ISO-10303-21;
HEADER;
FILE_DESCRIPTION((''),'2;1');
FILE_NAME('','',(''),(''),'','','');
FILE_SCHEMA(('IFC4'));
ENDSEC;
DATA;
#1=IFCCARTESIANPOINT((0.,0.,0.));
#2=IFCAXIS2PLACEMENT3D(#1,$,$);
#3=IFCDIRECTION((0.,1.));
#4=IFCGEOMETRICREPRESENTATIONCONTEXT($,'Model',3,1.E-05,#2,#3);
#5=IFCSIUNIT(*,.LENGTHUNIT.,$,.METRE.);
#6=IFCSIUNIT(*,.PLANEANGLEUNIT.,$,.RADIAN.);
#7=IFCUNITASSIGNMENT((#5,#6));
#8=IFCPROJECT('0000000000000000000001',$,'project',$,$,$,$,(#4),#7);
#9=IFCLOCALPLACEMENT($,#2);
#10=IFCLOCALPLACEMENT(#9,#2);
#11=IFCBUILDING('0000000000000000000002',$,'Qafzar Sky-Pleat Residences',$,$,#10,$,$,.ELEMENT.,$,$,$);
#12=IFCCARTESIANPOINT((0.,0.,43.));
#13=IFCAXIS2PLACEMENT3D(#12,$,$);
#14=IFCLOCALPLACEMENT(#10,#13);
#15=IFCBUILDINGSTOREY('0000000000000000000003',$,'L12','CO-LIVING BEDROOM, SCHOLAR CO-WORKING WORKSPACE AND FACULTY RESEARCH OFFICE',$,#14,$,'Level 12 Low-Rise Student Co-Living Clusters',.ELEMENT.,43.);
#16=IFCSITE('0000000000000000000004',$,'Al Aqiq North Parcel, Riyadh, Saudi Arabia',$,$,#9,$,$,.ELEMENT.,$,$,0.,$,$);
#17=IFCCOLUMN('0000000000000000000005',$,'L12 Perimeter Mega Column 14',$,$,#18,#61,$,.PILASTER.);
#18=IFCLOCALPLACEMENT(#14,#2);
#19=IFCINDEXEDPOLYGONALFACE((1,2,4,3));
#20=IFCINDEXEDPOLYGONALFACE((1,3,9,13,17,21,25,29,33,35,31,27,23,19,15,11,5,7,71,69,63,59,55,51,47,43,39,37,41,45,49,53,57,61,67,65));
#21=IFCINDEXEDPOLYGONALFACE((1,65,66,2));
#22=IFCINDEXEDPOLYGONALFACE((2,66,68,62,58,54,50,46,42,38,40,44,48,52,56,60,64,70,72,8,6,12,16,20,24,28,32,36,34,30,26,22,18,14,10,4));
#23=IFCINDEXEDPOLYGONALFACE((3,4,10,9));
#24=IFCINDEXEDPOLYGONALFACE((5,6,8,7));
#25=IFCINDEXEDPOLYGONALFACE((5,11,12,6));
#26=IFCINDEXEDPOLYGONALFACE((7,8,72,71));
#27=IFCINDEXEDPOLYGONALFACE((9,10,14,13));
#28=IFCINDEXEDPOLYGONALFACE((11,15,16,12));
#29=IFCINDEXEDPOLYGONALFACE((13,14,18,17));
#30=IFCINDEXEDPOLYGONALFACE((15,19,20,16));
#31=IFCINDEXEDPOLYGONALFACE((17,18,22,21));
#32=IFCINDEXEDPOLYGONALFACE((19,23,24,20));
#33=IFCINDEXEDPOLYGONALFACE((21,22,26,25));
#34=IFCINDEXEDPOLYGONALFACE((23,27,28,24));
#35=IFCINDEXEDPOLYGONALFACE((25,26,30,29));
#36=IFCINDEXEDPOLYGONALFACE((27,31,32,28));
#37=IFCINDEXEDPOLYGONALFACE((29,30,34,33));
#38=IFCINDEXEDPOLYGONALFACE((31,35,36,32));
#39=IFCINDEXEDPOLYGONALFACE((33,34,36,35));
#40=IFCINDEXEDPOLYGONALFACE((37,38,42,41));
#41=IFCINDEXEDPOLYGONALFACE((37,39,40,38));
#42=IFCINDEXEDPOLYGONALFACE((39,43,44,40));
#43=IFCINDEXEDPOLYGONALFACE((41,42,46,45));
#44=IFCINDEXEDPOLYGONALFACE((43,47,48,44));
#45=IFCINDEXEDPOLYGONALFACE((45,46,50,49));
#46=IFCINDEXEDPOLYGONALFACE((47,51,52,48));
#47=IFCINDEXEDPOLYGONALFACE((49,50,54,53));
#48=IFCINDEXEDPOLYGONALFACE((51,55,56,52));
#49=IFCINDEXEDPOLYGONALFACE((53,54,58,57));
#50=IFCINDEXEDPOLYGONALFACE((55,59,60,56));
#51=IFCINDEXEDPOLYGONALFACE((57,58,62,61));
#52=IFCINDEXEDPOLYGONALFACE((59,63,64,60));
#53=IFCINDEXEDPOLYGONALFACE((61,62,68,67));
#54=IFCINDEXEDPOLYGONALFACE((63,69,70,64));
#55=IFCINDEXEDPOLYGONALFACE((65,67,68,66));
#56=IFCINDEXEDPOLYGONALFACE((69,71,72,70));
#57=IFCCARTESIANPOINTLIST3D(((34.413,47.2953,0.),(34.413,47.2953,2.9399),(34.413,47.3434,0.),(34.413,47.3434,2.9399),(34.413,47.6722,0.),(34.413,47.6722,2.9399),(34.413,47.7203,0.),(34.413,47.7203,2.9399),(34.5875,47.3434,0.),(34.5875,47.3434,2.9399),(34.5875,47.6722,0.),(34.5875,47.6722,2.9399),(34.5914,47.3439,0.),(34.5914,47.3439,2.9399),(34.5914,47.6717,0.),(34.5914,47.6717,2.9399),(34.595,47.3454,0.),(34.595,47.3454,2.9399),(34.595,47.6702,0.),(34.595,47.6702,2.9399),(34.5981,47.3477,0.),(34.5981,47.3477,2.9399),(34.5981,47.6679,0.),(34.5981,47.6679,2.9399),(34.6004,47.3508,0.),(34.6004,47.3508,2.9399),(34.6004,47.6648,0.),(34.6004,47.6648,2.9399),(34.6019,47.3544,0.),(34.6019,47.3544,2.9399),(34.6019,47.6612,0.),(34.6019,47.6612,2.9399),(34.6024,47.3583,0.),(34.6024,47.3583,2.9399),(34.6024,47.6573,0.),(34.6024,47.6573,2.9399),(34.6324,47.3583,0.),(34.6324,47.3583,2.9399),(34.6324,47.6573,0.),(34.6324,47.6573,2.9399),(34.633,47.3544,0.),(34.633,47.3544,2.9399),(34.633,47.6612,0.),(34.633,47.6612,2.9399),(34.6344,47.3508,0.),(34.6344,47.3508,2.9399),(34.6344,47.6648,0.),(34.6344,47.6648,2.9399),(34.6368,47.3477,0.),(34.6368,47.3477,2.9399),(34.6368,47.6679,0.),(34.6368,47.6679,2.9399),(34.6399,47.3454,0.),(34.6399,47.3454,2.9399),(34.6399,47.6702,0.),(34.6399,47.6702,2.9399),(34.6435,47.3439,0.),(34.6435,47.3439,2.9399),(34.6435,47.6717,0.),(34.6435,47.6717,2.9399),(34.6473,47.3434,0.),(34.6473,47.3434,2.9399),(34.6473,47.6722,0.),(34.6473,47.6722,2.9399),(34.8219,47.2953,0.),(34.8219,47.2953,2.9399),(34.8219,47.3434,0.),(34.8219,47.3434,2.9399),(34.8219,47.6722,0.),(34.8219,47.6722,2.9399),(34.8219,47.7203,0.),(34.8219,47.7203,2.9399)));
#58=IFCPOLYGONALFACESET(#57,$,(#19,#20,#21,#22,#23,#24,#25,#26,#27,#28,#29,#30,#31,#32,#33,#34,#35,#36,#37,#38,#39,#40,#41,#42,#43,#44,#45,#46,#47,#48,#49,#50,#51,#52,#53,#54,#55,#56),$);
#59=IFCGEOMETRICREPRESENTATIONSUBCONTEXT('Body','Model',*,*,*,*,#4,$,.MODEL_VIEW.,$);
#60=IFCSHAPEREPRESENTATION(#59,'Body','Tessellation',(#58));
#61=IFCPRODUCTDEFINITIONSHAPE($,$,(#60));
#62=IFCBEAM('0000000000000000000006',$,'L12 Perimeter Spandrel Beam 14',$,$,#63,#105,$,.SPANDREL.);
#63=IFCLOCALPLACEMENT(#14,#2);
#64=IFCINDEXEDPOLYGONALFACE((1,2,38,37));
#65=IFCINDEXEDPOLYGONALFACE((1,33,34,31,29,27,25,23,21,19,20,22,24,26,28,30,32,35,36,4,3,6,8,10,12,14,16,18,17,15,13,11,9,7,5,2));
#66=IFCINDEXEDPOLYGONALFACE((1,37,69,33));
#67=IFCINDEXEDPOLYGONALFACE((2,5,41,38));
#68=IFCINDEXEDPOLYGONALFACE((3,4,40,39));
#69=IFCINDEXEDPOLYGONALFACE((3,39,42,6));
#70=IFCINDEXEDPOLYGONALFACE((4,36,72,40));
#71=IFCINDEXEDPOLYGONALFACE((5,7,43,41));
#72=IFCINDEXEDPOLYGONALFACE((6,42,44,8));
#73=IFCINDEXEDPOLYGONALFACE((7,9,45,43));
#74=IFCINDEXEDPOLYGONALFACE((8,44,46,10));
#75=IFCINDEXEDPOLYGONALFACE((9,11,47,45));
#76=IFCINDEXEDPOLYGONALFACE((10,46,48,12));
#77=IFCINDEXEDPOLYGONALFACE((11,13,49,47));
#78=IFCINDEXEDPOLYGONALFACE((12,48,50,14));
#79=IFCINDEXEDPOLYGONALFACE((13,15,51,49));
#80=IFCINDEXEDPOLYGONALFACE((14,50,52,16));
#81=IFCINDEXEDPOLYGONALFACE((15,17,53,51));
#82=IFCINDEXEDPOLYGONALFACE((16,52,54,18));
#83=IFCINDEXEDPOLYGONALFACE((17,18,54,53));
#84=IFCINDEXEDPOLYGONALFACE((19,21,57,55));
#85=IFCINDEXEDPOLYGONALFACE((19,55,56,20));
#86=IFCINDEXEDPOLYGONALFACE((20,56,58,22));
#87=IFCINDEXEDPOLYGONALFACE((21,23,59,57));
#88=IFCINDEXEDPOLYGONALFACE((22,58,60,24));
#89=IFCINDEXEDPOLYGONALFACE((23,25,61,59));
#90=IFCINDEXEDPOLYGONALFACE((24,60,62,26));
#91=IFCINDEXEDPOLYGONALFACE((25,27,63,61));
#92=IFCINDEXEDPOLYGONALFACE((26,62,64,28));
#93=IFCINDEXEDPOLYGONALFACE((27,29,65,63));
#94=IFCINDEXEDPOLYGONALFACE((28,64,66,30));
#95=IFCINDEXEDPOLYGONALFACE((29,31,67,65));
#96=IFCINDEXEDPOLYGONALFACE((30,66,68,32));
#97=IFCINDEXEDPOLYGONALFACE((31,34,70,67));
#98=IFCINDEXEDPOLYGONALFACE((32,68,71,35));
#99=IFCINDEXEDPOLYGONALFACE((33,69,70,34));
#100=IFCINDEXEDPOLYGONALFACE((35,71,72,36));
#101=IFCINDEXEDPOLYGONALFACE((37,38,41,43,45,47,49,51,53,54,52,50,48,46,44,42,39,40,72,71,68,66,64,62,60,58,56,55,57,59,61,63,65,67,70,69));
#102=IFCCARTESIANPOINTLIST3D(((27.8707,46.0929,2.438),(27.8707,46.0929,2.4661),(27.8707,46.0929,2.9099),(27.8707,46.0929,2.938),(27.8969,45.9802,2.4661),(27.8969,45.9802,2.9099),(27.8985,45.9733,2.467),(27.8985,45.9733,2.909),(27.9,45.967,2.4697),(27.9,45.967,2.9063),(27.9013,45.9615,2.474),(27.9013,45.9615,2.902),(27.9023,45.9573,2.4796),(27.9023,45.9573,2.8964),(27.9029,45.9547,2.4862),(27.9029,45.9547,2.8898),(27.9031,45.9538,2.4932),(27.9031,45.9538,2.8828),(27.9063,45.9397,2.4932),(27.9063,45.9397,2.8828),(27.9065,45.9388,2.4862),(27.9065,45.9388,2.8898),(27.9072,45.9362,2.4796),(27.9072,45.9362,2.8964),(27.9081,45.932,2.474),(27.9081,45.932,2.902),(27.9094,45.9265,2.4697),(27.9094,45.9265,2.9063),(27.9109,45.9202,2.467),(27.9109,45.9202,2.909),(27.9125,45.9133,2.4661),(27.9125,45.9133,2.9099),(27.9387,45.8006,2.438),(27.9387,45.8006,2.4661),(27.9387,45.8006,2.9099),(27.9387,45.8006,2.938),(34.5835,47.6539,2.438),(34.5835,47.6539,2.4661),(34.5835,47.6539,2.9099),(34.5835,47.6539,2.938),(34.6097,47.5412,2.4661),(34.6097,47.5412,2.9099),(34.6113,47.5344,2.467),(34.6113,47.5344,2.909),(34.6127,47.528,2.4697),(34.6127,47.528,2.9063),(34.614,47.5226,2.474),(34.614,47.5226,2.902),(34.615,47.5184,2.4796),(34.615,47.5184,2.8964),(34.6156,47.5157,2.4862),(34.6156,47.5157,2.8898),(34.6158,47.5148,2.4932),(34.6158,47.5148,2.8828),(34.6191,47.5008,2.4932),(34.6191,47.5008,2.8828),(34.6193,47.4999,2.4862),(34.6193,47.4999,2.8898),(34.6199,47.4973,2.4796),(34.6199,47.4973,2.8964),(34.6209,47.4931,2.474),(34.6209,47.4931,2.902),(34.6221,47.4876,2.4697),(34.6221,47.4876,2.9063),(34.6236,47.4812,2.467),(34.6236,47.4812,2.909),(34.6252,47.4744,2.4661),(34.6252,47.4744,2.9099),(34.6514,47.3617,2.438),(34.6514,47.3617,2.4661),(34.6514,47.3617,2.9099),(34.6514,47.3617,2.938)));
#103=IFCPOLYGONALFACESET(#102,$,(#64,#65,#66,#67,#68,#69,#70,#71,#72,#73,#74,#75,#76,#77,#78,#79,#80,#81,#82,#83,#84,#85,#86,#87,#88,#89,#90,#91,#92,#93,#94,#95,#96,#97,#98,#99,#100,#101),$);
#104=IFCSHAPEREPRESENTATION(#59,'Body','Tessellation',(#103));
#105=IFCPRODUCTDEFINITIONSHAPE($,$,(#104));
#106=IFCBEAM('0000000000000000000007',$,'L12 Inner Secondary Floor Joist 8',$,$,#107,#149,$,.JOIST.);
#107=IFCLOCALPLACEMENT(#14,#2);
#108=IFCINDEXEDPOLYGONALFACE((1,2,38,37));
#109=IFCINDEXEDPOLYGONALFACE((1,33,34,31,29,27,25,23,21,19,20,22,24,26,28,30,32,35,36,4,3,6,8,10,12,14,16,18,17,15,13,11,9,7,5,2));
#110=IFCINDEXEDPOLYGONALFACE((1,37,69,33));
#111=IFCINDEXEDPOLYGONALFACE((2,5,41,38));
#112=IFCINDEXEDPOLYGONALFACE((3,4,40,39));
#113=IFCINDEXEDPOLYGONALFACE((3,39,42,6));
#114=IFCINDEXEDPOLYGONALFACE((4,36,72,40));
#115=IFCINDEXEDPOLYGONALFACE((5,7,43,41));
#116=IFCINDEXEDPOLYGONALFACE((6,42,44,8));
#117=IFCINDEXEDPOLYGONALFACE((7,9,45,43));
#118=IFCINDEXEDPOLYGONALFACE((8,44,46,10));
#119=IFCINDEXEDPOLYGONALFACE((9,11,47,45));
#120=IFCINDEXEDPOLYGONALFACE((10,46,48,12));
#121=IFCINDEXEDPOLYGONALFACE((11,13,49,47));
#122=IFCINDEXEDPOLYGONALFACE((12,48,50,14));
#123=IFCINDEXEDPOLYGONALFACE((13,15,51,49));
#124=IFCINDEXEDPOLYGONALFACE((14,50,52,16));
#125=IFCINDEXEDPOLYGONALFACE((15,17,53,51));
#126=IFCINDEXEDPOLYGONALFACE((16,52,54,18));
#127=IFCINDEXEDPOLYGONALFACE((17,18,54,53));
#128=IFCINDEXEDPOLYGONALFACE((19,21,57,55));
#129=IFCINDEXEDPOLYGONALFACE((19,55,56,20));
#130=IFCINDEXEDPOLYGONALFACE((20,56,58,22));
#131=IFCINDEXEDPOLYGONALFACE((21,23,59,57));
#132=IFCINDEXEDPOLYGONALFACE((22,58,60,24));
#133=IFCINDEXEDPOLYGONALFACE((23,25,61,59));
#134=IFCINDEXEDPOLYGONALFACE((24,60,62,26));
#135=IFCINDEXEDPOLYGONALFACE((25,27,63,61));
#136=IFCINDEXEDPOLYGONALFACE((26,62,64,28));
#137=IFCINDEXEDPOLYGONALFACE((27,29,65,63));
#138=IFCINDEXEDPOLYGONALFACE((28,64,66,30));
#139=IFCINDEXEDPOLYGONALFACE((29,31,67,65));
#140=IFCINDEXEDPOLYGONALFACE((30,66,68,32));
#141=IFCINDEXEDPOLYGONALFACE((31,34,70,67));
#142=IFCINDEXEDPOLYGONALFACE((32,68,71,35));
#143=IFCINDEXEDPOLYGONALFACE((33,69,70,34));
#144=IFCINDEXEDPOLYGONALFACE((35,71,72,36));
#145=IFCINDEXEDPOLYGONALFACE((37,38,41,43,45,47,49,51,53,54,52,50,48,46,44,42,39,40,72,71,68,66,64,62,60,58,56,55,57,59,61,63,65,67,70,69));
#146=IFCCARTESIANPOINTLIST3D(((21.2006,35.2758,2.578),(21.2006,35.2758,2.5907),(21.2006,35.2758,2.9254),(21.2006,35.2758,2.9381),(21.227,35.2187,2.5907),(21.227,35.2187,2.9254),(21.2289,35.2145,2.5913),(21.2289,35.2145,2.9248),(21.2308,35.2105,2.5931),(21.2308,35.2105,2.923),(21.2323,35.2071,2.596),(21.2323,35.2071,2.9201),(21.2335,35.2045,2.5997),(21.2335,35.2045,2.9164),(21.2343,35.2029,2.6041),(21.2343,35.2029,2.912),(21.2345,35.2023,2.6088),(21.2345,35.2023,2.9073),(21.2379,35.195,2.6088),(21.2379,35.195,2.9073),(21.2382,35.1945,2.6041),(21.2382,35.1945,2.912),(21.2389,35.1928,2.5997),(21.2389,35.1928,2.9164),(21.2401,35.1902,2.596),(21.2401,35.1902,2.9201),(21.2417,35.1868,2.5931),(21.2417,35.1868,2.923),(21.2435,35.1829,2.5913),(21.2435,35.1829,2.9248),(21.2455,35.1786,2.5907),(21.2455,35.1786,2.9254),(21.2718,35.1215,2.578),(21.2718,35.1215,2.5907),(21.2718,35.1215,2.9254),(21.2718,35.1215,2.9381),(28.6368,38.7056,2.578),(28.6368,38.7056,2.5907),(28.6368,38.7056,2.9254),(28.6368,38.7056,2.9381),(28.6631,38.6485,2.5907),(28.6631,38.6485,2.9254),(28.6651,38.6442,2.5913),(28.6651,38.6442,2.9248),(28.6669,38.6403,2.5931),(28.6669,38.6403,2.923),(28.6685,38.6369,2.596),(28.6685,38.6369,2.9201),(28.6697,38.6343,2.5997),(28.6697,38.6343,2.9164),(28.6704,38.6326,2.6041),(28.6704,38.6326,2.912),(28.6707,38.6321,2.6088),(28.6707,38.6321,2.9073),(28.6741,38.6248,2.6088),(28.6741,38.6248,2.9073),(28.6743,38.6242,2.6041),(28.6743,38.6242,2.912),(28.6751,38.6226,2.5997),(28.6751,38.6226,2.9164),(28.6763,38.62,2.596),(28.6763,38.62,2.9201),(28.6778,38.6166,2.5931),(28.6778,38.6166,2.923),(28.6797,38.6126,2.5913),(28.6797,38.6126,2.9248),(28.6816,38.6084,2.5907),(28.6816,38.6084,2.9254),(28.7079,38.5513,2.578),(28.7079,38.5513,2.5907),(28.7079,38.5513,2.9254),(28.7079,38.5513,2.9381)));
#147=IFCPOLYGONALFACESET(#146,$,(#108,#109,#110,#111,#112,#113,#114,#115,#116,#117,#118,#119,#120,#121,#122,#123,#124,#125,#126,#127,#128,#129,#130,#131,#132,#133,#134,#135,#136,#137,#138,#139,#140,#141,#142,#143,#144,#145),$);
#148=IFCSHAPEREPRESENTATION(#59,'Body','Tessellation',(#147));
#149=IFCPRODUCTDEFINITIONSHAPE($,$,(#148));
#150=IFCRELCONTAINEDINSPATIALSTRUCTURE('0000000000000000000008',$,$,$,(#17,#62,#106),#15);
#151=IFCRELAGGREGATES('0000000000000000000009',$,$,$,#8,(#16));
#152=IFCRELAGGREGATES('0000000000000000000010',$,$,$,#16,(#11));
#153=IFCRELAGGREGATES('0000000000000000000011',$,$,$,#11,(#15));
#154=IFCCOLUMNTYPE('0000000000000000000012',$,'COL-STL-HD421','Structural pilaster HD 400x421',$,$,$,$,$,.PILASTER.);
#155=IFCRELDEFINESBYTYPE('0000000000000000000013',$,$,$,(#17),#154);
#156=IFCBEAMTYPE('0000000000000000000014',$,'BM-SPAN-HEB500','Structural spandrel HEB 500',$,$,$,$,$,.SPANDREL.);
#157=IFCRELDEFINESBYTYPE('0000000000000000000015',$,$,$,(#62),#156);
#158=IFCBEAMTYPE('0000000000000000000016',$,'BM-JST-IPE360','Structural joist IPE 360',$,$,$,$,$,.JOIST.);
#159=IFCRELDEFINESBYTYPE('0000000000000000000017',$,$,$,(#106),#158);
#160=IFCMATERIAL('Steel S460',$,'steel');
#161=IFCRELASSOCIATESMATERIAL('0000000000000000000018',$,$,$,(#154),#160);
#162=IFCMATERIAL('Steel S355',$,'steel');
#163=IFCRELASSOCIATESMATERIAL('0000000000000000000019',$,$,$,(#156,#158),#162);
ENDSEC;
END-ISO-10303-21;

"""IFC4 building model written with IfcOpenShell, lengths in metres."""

from ifc_helpers import new_model, si_unit, direction, frame, origin, origin_2d, place, context, subcontext, project, spatial, i_section, extrude, source, transform, mapped, material, material_profile, profile_set, type_object, element, save


model = new_model("IFC4")

# Units and contexts
model_context = context("Model", 3, precision=1e-05, world=origin(), true_north=direction((0.0, 1.0)))
body_context = subcontext(model_context, "Body", "Model", "MODEL_VIEW")
ifc_project = project(units=[si_unit("LENGTHUNIT", "METRE"), si_unit("PLANEANGLEUNIT", "RADIAN")], contexts=[model_context])

# Site, building, storey
site_placement = place(None, origin())
site = spatial("IfcSite", under=ifc_project, at=site_placement, Name="Al Aqiq North Parcel, Riyadh, Saudi Arabia", CompositionType="ELEMENT", RefElevation=0.0)
building_placement = place(site_placement, origin())
building = spatial("IfcBuilding", under=site, at=building_placement, Name="Qafzar Sky-Pleat Residences", CompositionType="ELEMENT")
storey_placement = place(building_placement, frame((0.0, 0.0, 43.0)))
storey = spatial("IfcBuildingStorey", under=building, at=storey_placement, Name="L12", Description="CO-LIVING BEDROOM, SCHOLAR CO-WORKING WORKSPACE AND FACULTY RESEARCH OFFICE", LongName="Level 12 Low-Rise Student Co-Living Clusters", CompositionType="ELEMENT", Elevation=43.0)

# Column
ifc_material_1 = material(Name="Steel S460", Category="steel")
ifc_material_profile_1 = material_profile(ifc_material_1, i_section(OverallWidth=0.4089, OverallDepth=0.425, WebThickness=0.03, FlangeThickness=0.0481, FilletRadius=0.0149, at=origin_2d()), Name="HD 400x421")
ifc_profile_set_1 = profile_set([ifc_material_profile_1], Name="Steel S460")
column_type = type_object("IfcColumnType", Name="COL-STL-HD421", Description="Structural pilaster HD 400x421", PredefinedType="PILASTER", material=ifc_profile_set_1)
shared_shape_1 = source(origin(), body_context, "Body", "SweptSolid", [
    extrude(i_section(OverallWidth=0.4089, OverallDepth=0.425, WebThickness=0.03, FlangeThickness=0.0481, FilletRadius=0.0149, at=origin_2d()), origin(), (0.0, 0.0, 1.0), 2.9399),
])
column_placement = place(storey_placement, frame((34.6174, 47.5078, 0.0), z_axis=(0.0, 0.0, 1.0), x_axis=(1.0, 0.0, 0.0)))
element("IfcColumn", 1, at=column_placement, inside=storey, type_object=column_type, Name="L12 Perimeter Mega Column 14", PredefinedType="PILASTER", context=body_context, shape_type="MappedRepresentation", body=[
    mapped(shared_shape_1, transform((0.0, 0.0, 0.0), x_axis=(1.0, 0.0, 0.0), y_axis=(0.0, 1.0, 0.0), z_axis=(0.0, 0.0, 1.0), scale=1.0)),
])

# Beams
ifc_material_2 = material(Name="Steel S355", Category="steel")
ifc_material_profile_2 = material_profile(ifc_material_2, i_section(OverallWidth=0.3, OverallDepth=0.5, WebThickness=0.0144, FlangeThickness=0.0281, FilletRadius=0.0271, at=origin_2d()), Name="HEB 500")
ifc_profile_set_2 = profile_set([ifc_material_profile_2], Name="Steel S355")
beam_type_1 = type_object("IfcBeamType", Name="BM-SPAN-HEB500", Description="Structural spandrel HEB 500", PredefinedType="SPANDREL", material=ifc_profile_set_2)
shared_shape_2 = source(origin(), body_context, "Body", "SweptSolid", [
    extrude(i_section(OverallWidth=0.3, OverallDepth=0.5, WebThickness=0.0144, FlangeThickness=0.0281, FilletRadius=0.0271, at=origin_2d()), origin(), (0.0, 0.0, 1.0), 6.8918),
])
beam_1_placement = place(storey_placement, frame((34.6174, 47.5078, 2.688), z_axis=(-0.974009, -0.226507, 0.0), x_axis=(0.226507, -0.974009, 0.0)))
element("IfcBeam", 2, at=beam_1_placement, inside=storey, type_object=beam_type_1, Name="L12 Perimeter Spandrel Beam 14", PredefinedType="SPANDREL", context=body_context, shape_type="MappedRepresentation", body=[
    mapped(shared_shape_2, transform((0.0, 0.0, 0.0), x_axis=(1.0, 0.0, 0.0), y_axis=(0.0, 1.0, 0.0), z_axis=(0.0, 0.0, 1.0), scale=1.0)),
])
ifc_material_profile_3 = material_profile(ifc_material_2, i_section(OverallWidth=0.1699, OverallDepth=0.3601, WebThickness=0.0081, FlangeThickness=0.0127, FilletRadius=0.0181, at=origin_2d()), Name="IPE 360")
ifc_profile_set_3 = profile_set([ifc_material_profile_3], Name="Steel S355")
beam_type_2 = type_object("IfcBeamType", Name="BM-JST-IPE360", Description="Structural joist IPE 360", PredefinedType="JOIST", material=ifc_profile_set_3)
shared_shape_3 = source(origin(), body_context, "Body", "SweptSolid", [
    extrude(i_section(OverallWidth=0.1699, OverallDepth=0.3601, WebThickness=0.0081, FlangeThickness=0.0127, FilletRadius=0.0181, at=origin_2d()), origin(), (0.0, 0.0, 1.0), 8.189),
])
beam_2_placement = place(storey_placement, frame((28.6724, 38.6284, 2.7581), z_axis=(-0.908068, -0.418824, 0.0), x_axis=(0.418824, -0.908068, 0.0)))
element("IfcBeam", 3, at=beam_2_placement, inside=storey, type_object=beam_type_2, Name="L12 Inner Secondary Floor Joist 8", PredefinedType="JOIST", context=body_context, shape_type="MappedRepresentation", body=[
    mapped(shared_shape_3, transform((0.0, 0.0, 0.0), x_axis=(1.0, 0.0, 0.0), y_axis=(0.0, 1.0, 0.0), z_axis=(0.0, 0.0, 1.0), scale=1.0)),
])

save(model, "model.ifc")
